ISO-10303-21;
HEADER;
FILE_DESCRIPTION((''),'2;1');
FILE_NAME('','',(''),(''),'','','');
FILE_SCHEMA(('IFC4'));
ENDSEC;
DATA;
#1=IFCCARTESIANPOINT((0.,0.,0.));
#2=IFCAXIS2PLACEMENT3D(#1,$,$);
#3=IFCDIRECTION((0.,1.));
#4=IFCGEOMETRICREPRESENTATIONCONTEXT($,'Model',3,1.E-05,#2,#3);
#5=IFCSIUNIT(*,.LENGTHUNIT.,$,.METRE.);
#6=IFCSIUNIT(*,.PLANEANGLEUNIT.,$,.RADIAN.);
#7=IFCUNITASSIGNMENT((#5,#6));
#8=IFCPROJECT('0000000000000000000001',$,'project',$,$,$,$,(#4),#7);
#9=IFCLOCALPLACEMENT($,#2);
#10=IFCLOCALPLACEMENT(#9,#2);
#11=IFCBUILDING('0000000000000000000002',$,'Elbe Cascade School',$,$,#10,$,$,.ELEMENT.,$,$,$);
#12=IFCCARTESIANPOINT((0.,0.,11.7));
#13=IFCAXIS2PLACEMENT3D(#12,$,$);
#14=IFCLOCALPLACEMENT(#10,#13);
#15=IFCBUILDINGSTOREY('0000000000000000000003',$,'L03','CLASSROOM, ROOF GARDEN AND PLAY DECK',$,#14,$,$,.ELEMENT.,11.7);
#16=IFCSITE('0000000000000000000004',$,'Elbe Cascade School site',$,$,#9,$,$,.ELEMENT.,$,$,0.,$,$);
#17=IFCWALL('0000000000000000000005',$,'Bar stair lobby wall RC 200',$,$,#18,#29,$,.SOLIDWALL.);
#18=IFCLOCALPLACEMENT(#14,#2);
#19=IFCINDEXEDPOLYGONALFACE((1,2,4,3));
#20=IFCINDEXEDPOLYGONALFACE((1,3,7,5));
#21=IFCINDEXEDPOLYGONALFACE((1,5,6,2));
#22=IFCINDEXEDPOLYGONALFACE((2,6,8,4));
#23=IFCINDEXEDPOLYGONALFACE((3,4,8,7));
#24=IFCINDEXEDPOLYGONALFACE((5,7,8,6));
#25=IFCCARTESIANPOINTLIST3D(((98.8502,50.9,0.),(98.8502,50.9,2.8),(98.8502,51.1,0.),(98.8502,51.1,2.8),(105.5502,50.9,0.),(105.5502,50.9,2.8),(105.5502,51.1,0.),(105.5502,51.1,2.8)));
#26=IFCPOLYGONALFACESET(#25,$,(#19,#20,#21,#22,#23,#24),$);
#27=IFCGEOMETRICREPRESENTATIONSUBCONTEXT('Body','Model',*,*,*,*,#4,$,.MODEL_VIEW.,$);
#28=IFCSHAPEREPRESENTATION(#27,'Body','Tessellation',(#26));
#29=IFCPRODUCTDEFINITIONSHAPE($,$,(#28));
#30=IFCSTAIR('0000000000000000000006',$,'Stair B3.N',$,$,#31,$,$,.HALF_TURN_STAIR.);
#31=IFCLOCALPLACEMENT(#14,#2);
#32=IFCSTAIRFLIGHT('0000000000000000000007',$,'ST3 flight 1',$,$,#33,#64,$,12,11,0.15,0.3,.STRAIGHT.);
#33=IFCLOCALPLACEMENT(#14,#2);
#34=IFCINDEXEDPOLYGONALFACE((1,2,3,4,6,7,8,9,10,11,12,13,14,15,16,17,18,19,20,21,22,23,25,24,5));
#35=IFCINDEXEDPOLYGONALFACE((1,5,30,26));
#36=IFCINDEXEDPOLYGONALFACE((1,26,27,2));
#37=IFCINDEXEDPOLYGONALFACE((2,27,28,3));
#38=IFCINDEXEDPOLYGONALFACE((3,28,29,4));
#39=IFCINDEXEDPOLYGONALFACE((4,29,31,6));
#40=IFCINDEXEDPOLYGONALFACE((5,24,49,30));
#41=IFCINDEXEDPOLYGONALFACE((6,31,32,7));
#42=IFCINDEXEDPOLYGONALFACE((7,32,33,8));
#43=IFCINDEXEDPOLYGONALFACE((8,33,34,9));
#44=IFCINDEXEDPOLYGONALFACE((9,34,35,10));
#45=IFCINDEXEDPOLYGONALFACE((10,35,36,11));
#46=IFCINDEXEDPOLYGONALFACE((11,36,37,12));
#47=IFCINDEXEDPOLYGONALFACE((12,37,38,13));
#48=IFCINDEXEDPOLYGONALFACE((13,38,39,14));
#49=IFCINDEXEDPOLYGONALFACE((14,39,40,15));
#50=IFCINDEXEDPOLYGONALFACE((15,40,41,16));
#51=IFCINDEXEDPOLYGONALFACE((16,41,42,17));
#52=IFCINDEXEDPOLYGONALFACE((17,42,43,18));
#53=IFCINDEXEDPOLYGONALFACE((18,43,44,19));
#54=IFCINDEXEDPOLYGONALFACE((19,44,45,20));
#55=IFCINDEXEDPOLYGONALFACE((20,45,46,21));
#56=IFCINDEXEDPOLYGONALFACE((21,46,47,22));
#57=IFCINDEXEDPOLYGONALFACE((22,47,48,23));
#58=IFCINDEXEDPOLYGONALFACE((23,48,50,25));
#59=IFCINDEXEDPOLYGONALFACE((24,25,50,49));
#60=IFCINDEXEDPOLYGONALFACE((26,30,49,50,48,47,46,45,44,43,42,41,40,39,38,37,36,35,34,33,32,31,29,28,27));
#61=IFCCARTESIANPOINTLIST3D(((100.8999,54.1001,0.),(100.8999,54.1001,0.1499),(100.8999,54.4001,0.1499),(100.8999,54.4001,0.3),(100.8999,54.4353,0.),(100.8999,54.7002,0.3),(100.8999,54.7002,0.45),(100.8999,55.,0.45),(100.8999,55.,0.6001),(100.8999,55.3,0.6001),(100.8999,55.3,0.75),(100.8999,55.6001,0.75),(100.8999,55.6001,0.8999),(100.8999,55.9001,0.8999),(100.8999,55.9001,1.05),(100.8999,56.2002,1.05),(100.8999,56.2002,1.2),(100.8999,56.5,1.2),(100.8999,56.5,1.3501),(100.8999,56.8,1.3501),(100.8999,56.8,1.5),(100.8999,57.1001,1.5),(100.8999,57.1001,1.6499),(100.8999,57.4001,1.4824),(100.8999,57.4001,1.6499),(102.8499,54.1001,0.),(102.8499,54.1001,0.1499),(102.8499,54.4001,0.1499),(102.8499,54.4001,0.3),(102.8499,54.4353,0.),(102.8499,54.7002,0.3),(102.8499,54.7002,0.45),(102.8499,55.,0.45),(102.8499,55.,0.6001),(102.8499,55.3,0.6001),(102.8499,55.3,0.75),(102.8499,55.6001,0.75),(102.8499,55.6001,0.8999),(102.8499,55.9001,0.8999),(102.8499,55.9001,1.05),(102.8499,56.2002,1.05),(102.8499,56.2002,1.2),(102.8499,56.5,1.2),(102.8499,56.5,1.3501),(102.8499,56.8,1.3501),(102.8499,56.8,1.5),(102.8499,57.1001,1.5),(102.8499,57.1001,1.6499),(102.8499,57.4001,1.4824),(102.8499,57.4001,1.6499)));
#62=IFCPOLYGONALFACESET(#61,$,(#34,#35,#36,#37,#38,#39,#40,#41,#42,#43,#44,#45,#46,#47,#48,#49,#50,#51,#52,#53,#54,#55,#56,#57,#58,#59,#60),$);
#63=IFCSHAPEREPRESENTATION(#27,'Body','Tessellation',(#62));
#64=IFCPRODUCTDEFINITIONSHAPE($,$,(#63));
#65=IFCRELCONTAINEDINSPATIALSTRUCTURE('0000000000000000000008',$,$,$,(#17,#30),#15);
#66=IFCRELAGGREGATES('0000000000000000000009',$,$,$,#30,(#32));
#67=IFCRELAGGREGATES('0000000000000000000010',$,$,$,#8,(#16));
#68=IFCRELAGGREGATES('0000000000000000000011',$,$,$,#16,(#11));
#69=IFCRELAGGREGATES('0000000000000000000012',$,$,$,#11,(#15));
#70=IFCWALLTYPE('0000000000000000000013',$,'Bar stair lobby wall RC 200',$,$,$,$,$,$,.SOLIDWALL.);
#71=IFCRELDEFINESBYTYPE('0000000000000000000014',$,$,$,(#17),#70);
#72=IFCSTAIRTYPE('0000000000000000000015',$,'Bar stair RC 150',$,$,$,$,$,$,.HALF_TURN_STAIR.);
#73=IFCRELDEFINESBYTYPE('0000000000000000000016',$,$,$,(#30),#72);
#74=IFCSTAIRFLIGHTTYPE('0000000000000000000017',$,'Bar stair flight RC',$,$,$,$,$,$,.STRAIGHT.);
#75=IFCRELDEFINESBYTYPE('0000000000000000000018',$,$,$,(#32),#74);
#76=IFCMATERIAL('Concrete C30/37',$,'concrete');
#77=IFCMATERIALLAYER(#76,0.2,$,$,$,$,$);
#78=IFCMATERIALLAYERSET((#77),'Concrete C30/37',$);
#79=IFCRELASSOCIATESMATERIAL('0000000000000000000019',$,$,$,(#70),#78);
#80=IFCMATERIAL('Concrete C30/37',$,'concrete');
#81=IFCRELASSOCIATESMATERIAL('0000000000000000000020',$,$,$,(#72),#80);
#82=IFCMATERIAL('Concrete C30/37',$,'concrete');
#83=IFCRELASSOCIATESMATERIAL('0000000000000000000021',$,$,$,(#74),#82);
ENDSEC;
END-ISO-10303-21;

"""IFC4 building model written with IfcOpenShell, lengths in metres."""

from ifc_helpers import new_model, si_unit, direction, frame, frame_2d, origin, place, context, subcontext, project, spatial, polyline, rectangle, outline, extrude, material, layer, layer_set, type_object, element, aggregate, save


model = new_model("IFC4")

# Units and contexts
model_context = context("Model", 3, precision=1e-05, world=origin(), true_north=direction((0.0, 1.0)))
body_context = subcontext(model_context, "Body", "Model", "MODEL_VIEW")
ifc_project = project(units=[si_unit("LENGTHUNIT", "METRE"), si_unit("PLANEANGLEUNIT", "RADIAN")], contexts=[model_context])

# Site, building, storey
site_placement = place(None, origin())
site = spatial("IfcSite", under=ifc_project, at=site_placement, Name="Elbe Cascade School site", CompositionType="ELEMENT", RefElevation=0.0)
building_placement = place(site_placement, origin())
building = spatial("IfcBuilding", under=site, at=building_placement, Name="Elbe Cascade School", CompositionType="ELEMENT")
storey_placement = place(building_placement, frame((0.0, 0.0, 11.7)))
storey = spatial("IfcBuildingStorey", under=building, at=storey_placement, Name="L03", Description="CLASSROOM, ROOF GARDEN AND PLAY DECK", CompositionType="ELEMENT", Elevation=11.7)

# Shared definitions
ifc_material_1 = material(Name="Concrete C30/37", Category="concrete")
ifc_layer_1 = layer(ifc_material_1, 0.2)
ifc_layer_set_1 = layer_set([ifc_layer_1], Name="Concrete C30/37")
wall_type_1 = type_object("IfcWallType", Name="Bar stair lobby wall RC 200", PredefinedType="SOLIDWALL", material=ifc_layer_set_1)

# Wall
wall_1_placement = place(storey_placement, frame((98.8501, 51.0, 0.0), z_axis=(0.0, 0.0, 1.0), x_axis=(1.0, 0.0, 0.0)))
element("IfcWall", 1, at=wall_1_placement, inside=storey, type_object=wall_type_1, Name="Bar stair lobby wall RC 200", PredefinedType="SOLIDWALL", context=body_context, shape_type="SweptSolid", body=[
    extrude(rectangle(XDim=6.7, YDim=0.2, at=frame_2d((3.3501, 0.0))), origin(), (0.0, 0.0, 1.0), 2.8),
])

# Stair, stair flight
ifc_material_2 = material(Name="Concrete C30/37", Category="concrete")
stair_type = type_object("IfcStairType", Name="Bar stair RC 150", PredefinedType="HALF_TURN_STAIR", material=ifc_material_2)
stair_placement = place(storey_placement, origin())
stair = element("IfcStair", 2, at=stair_placement, inside=storey, type_object=stair_type, Name="Stair B3.N", PredefinedType="HALF_TURN_STAIR")
ifc_material_3 = material(Name="Concrete C30/37", Category="concrete")
stair_flight_type = type_object("IfcStairFlightType", Name="Bar stair flight RC", PredefinedType="STRAIGHT", material=ifc_material_3)
stair_flight_placement = place(storey_placement, frame((101.875, 54.1001, 0.0), z_axis=(0.0, 0.0, 1.0), x_axis=(0.0, 1.0, 0.0)))
stair_flight = element("IfcStairFlight", 3, at=stair_flight_placement, type_object=stair_flight_type, Name="ST3 flight 1", NumberOfRisers=12, NumberOfTreads=11, PredefinedType="STRAIGHT", RiserHeight=0.15, TreadLength=0.3, context=body_context, shape_type="SweptSolid", body=[
    extrude(outline(polyline([(0.0, 0.0), (0.0, 0.1499), (0.3, 0.1499), (0.3, 0.3), (0.6001, 0.3), (0.6001, 0.45), (0.8999, 0.45), (0.8999, 0.6001), (1.2, 0.6001), (1.2, 0.75), (1.5, 0.75), (1.5, 0.8999), (1.8, 0.8999), (1.8, 1.05), (2.1001, 1.05), (2.1001, 1.2), (2.3999, 1.2), (2.3999, 1.3501), (2.7, 1.3501), (2.7, 1.5), (3.0, 1.5), (3.0, 1.6499), (3.3, 1.6499), (3.3, 1.8), (3.3, 1.4824), (0.3352, 0.0), (0.0, 0.0)])), frame((0.0, 0.9751, 0.0), z_axis=(0.0, -1.0, 0.0), x_axis=(1.0, 0.0, 0.0)), (0.0, 0.0, 1.0), 1.95),
])
aggregate(stair, [stair_flight])

save(model, "model.ifc")
